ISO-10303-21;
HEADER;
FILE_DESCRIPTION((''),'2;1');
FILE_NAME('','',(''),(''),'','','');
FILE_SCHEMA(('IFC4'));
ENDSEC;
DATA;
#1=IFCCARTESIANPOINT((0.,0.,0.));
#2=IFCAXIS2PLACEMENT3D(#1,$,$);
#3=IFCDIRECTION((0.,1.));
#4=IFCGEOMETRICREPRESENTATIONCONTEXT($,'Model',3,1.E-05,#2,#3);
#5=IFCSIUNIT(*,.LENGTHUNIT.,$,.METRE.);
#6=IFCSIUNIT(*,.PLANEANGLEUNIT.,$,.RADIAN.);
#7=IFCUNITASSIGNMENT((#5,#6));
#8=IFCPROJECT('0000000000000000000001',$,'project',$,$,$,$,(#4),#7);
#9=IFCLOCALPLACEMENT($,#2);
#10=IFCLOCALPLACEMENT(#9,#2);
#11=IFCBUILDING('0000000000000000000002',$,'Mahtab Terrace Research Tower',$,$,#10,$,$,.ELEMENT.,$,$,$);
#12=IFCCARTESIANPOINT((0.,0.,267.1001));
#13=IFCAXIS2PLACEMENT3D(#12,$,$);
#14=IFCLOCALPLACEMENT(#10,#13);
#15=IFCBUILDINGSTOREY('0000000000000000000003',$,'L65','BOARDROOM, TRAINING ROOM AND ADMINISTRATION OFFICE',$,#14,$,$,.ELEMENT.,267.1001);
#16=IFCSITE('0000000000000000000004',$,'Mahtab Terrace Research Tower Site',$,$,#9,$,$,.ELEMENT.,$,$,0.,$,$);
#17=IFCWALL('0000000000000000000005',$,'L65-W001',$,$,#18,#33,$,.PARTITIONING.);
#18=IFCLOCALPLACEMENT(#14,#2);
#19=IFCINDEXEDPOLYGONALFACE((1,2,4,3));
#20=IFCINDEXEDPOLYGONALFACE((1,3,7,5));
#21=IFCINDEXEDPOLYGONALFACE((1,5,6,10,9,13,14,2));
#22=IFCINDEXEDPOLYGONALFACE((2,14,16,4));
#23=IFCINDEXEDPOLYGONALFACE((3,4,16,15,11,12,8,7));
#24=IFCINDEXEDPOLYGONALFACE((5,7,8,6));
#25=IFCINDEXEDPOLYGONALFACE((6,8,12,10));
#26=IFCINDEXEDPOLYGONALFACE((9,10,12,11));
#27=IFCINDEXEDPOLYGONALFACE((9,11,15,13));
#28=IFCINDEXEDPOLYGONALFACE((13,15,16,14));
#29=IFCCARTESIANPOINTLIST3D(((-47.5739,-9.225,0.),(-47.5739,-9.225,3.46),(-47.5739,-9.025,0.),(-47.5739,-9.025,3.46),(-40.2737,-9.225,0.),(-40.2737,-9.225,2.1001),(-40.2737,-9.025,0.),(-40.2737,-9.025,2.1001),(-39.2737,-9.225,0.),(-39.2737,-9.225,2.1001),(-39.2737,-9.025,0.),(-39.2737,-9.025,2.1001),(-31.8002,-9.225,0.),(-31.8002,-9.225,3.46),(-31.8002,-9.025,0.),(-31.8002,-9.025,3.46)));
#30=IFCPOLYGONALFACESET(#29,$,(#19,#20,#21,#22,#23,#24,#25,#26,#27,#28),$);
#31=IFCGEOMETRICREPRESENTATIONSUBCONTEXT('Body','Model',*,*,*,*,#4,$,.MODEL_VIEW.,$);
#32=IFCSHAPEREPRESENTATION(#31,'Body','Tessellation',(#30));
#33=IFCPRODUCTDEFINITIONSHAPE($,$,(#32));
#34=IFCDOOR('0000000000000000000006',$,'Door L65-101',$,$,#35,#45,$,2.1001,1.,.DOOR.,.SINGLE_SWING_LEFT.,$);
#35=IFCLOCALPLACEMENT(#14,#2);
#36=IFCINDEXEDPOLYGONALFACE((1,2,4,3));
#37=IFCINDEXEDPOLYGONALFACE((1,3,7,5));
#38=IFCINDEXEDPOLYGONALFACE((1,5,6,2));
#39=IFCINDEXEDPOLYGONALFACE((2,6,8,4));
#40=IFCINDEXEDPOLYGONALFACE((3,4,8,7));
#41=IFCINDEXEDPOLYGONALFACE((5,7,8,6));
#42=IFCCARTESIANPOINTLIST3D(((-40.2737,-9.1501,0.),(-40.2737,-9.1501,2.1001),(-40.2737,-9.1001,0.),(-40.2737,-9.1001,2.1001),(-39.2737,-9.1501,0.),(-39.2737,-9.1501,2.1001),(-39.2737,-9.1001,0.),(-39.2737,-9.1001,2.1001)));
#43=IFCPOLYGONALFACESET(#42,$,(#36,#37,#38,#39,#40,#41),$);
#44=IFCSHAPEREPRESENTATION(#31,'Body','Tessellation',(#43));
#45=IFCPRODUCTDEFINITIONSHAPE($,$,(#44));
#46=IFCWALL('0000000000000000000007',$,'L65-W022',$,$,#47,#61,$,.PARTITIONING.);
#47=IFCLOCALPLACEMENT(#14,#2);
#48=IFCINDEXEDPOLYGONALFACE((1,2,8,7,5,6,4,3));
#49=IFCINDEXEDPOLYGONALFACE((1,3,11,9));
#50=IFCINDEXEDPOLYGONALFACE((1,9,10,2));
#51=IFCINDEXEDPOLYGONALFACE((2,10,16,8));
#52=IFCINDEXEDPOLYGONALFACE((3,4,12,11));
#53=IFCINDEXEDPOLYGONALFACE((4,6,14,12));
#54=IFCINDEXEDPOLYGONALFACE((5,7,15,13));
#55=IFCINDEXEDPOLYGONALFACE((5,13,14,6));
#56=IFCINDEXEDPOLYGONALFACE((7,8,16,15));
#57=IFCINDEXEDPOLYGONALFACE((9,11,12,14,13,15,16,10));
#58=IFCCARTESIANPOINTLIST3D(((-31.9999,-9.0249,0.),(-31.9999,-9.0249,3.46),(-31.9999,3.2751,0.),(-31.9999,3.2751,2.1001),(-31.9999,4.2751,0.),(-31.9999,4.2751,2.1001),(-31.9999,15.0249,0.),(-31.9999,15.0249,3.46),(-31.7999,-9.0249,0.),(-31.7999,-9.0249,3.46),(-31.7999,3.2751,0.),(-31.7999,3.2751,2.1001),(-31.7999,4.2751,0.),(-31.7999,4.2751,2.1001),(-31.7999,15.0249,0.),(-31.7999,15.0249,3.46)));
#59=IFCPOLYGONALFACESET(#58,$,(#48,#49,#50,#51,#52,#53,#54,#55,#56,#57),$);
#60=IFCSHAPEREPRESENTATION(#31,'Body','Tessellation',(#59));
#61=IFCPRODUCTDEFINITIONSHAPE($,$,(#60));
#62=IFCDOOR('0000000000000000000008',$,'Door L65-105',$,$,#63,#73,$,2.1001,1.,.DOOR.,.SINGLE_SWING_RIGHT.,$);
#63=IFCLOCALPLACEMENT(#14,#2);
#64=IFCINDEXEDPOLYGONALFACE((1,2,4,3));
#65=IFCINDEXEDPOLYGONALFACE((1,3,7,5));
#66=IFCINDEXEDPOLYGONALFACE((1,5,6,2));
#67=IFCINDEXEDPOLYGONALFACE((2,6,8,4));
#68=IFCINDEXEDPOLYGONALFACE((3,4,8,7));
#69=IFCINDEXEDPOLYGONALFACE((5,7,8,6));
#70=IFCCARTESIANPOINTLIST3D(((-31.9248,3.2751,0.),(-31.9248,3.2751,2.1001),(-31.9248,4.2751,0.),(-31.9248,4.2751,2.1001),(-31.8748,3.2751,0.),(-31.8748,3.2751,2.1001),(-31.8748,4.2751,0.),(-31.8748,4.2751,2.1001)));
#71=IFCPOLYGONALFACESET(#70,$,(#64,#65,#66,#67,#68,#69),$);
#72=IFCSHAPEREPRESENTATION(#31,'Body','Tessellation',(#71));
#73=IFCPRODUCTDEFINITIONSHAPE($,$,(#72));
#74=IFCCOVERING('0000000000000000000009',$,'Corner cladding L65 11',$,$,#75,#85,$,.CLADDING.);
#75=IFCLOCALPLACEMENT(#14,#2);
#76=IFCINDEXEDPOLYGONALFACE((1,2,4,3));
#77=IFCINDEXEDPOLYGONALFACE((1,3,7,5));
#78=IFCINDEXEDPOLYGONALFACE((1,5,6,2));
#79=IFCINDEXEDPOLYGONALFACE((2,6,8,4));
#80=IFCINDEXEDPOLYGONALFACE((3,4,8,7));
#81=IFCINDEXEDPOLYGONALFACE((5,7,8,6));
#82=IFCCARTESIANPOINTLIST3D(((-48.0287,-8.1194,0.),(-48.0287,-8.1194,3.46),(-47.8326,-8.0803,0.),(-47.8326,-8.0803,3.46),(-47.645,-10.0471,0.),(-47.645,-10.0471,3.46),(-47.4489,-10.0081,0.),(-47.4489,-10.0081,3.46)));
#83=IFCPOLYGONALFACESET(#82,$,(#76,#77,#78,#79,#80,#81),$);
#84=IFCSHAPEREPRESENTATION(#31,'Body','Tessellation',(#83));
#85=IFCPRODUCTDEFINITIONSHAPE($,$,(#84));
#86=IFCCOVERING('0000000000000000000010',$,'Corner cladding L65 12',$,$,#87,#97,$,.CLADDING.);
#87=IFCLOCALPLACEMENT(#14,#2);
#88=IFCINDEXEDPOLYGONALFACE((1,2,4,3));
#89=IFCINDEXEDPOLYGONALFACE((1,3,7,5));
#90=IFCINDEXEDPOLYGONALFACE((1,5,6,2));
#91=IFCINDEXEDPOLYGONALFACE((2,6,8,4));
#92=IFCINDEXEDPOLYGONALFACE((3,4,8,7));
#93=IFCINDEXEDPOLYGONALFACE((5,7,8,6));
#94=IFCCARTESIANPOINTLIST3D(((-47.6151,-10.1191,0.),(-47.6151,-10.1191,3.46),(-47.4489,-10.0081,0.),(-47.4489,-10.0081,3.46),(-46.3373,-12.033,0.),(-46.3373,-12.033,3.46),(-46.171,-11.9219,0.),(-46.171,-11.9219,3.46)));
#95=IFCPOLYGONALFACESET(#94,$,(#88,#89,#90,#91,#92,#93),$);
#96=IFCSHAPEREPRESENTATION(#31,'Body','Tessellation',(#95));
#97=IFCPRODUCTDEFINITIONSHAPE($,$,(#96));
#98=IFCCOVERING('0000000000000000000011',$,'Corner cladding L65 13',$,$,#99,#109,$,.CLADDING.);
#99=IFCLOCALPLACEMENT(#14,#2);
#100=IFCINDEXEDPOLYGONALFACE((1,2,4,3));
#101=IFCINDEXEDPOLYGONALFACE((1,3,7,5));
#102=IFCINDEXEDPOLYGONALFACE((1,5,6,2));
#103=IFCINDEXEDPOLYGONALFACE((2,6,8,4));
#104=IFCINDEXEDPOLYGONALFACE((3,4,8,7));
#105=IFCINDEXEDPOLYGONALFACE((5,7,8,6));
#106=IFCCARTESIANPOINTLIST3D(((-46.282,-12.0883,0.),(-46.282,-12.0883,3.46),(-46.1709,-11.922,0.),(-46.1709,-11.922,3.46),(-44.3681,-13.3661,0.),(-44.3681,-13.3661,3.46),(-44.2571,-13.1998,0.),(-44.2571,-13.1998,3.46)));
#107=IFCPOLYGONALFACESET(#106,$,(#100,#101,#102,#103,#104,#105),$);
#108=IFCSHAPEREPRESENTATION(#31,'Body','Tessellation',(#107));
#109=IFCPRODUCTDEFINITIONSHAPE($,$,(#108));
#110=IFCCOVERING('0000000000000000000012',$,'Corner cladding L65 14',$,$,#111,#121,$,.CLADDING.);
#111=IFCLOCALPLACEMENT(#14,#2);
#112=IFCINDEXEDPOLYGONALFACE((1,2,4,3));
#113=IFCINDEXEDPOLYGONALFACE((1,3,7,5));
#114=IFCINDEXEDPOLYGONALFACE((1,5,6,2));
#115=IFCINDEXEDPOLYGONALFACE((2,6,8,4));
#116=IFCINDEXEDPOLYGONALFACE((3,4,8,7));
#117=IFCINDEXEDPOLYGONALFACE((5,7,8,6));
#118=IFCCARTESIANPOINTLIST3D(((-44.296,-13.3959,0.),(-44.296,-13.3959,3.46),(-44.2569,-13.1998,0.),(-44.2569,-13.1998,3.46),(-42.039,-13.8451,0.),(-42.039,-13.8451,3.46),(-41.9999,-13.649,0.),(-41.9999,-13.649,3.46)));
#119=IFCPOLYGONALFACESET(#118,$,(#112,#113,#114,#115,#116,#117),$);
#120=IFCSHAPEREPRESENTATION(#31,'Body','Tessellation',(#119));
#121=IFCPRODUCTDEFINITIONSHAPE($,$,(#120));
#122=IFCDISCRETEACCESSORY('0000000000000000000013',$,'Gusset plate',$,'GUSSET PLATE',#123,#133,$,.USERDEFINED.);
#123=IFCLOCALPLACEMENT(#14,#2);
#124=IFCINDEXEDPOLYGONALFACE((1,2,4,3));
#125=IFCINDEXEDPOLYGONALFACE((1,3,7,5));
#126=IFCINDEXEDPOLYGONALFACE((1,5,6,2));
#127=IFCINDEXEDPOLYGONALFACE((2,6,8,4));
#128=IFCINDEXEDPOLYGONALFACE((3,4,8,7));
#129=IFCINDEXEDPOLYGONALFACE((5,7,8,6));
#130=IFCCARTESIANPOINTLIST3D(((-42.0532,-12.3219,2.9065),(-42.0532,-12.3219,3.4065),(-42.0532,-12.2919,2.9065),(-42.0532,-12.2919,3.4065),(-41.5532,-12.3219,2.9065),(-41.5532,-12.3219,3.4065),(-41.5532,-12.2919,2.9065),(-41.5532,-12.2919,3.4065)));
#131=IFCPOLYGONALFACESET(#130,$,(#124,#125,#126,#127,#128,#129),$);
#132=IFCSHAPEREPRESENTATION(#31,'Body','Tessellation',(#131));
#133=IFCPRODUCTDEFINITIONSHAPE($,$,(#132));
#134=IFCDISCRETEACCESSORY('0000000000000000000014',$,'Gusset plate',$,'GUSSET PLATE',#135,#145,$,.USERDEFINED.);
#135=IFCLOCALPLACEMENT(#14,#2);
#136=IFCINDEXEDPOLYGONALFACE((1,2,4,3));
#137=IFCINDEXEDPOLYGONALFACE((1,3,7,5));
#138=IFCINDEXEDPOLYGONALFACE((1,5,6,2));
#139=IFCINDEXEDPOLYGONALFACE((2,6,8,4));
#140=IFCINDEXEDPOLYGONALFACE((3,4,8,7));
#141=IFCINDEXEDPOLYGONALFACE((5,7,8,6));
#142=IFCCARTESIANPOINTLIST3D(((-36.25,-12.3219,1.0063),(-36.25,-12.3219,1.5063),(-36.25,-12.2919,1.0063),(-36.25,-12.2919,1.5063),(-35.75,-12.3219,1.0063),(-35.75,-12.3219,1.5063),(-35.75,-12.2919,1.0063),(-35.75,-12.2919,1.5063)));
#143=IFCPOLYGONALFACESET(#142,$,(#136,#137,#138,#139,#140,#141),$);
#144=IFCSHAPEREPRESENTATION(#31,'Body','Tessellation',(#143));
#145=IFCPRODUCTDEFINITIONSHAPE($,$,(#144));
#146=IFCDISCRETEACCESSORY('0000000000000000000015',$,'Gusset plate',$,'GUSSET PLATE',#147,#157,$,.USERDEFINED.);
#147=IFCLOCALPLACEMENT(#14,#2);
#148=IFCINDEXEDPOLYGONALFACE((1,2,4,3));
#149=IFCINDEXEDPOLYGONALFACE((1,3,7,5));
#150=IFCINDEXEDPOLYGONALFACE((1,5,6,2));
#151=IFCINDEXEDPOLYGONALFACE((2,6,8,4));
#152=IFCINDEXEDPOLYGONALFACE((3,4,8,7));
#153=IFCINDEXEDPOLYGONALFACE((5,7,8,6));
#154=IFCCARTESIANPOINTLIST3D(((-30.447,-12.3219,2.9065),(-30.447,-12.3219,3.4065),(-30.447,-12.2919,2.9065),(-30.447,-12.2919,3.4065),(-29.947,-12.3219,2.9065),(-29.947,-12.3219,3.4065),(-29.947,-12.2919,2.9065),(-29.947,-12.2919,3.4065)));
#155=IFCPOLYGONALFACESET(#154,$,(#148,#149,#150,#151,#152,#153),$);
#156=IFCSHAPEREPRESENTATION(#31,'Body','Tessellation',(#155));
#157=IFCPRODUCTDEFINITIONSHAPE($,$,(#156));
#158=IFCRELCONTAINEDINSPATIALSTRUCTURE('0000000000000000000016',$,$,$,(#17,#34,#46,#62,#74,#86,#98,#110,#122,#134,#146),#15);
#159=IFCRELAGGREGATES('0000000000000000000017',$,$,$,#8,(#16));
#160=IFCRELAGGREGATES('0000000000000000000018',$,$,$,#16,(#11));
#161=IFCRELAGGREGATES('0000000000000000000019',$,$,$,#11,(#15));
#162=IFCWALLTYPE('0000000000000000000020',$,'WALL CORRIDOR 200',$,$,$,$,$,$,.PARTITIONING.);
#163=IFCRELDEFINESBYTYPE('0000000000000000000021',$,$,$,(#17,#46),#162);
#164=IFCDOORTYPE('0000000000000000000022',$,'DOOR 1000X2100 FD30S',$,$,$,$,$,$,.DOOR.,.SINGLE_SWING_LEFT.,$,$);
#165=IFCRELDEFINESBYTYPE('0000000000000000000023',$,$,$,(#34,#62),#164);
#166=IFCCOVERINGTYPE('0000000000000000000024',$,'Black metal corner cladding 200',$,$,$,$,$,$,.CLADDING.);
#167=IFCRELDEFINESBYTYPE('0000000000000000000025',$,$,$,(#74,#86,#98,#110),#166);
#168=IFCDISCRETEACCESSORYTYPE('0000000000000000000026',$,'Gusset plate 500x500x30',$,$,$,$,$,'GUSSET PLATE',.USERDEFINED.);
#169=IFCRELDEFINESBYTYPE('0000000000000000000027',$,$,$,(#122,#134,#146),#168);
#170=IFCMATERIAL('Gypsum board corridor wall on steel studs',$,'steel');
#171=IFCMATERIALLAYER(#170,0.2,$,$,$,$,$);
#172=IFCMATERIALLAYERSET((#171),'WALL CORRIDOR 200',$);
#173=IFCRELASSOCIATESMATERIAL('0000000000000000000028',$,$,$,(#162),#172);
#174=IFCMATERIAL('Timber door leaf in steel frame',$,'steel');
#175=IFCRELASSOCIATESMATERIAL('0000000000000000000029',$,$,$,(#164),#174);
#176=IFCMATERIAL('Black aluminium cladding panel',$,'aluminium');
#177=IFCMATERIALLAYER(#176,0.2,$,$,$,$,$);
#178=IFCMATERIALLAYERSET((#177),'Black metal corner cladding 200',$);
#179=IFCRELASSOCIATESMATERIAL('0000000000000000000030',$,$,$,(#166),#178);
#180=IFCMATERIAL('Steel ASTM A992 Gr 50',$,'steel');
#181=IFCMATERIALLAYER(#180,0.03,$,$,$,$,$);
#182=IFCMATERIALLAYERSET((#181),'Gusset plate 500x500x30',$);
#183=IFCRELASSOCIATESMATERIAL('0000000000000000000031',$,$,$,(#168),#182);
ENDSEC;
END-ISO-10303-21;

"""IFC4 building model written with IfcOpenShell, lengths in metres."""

from ifc_helpers import new_model, si_unit, direction, frame, frame_2d, origin, origin_2d, place, context, subcontext, project, spatial, rectangle, extrude, material, layer, layer_set, type_object, element, fill, save


model = new_model("IFC4")

# Units and contexts
model_context = context("Model", 3, precision=1e-05, world=origin(), true_north=direction((0.0, 1.0)))
body_context = subcontext(model_context, "Body", "Model", "MODEL_VIEW")
ifc_project = project(units=[si_unit("LENGTHUNIT", "METRE"), si_unit("PLANEANGLEUNIT", "RADIAN")], contexts=[model_context])

# Site, building, storey
site_placement = place(None, origin())
site = spatial("IfcSite", under=ifc_project, at=site_placement, Name="Mahtab Terrace Research Tower Site", CompositionType="ELEMENT", RefElevation=0.0)
building_placement = place(site_placement, origin())
building = spatial("IfcBuilding", under=site, at=building_placement, Name="Mahtab Terrace Research Tower", CompositionType="ELEMENT")
storey_placement = place(building_placement, frame((0.0, 0.0, 267.1001)))
storey = spatial("IfcBuildingStorey", under=building, at=storey_placement, Name="L65", Description="BOARDROOM, TRAINING ROOM AND ADMINISTRATION OFFICE", CompositionType="ELEMENT", Elevation=267.1001)

# Shared definitions
ifc_material_1 = material(Name="Steel ASTM A992 Gr 50", Category="steel")

# Shared definitions
ifc_material_2 = material(Name="Black aluminium cladding panel", Category="aluminium")

# Walls, openings, doors
ifc_material_3 = material(Name="Gypsum board corridor wall on steel studs", Category="steel")
ifc_layer_1 = layer(ifc_material_3, 0.2)
ifc_layer_set_1 = layer_set([ifc_layer_1], Name="WALL CORRIDOR 200")
wall_type_1 = type_object("IfcWallType", Name="WALL CORRIDOR 200", PredefinedType="PARTITIONING", material=ifc_layer_set_1)
wall_1_placement = place(storey_placement, frame((-47.5737, -9.125, 0.0), z_axis=(0.0, 0.0, 1.0), x_axis=(1.0, 0.0, 0.0)))
wall_1 = element("IfcWall", 1, at=wall_1_placement, inside=storey, type_object=wall_type_1, Name="L65-W001", PredefinedType="PARTITIONING", context=body_context, shape_type="SweptSolid", body=[
    extrude(rectangle(XDim=15.7737, YDim=0.2, at=frame_2d((7.8867, 0.0))), origin(), (0.0, 0.0, 1.0), 3.46),
])
opening_1_placement = place(wall_1_placement, frame((7.3, 0.0, 0.0)))
opening_1 = element("IfcOpeningElement", 2, at=opening_1_placement, cuts=wall_1, PredefinedType="OPENING", context=body_context, shape_type="SweptSolid", body=[
    extrude(rectangle(XDim=1.0, YDim=2.1001, at=frame_2d((0.5, 1.05))), frame((0.0, 0.1099, 0.0), z_axis=(0.0, -1.0, 0.0), x_axis=(1.0, 0.0, 0.0)), (0.0, 0.0, 1.0), 0.22),
])
ifc_material_4 = material(Name="Timber door leaf in steel frame", Category="steel")
door_type = type_object("IfcDoorType", Name="DOOR 1000X2100 FD30S", OperationType="SINGLE_SWING_LEFT", PredefinedType="DOOR", material=ifc_material_4)
door_1_placement = place(opening_1_placement, origin())
door_1 = element("IfcDoor", 3, at=door_1_placement, inside=storey, type_object=door_type, Name="Door L65-101", OperationType="SINGLE_SWING_LEFT", OverallHeight=2.1001, OverallWidth=1.0, PredefinedType="DOOR", context=body_context, shape_type="SweptSolid", body=[
    extrude(rectangle(XDim=1.0, YDim=2.1001, at=frame_2d((0.5, 1.05))), frame((0.0, 0.0249, 0.0), z_axis=(0.0, -1.0, 0.0), x_axis=(1.0, 0.0, 0.0)), (0.0, 0.0, 1.0), 0.05),
])
fill(opening_1, door_1)
wall_2_placement = place(storey_placement, frame((-31.8999, -9.0249, 0.0), z_axis=(0.0, 0.0, 1.0), x_axis=(0.0, 1.0, 0.0)))
wall_2 = element("IfcWall", 4, at=wall_2_placement, inside=storey, type_object=wall_type_1, Name="L65-W022", PredefinedType="PARTITIONING", context=body_context, shape_type="SweptSolid", body=[
    extrude(rectangle(XDim=24.0498, YDim=0.2, at=frame_2d((12.0249, 0.0))), origin(), (0.0, 0.0, 1.0), 3.46),
])
opening_2_placement = place(wall_2_placement, frame((12.3, 0.0, 0.0)))
opening_2 = element("IfcOpeningElement", 5, at=opening_2_placement, cuts=wall_2, PredefinedType="OPENING", context=body_context, shape_type="SweptSolid", body=[
    extrude(rectangle(XDim=1.0, YDim=2.1001, at=frame_2d((0.5, 1.05))), frame((0.0, 0.1099, 0.0), z_axis=(0.0, -1.0, 0.0), x_axis=(1.0, 0.0, 0.0)), (0.0, 0.0, 1.0), 0.22),
])
door_2_placement = place(opening_2_placement, origin())
door_2 = element("IfcDoor", 6, at=door_2_placement, inside=storey, type_object=door_type, Name="Door L65-105", OperationType="SINGLE_SWING_RIGHT", OverallHeight=2.1001, OverallWidth=1.0, PredefinedType="DOOR", context=body_context, shape_type="SweptSolid", body=[
    extrude(rectangle(XDim=1.0, YDim=2.1001, at=frame_2d((0.5, 1.05))), frame((0.0, 0.0249, 0.0), z_axis=(0.0, -1.0, 0.0), x_axis=(1.0, 0.0, 0.0)), (0.0, 0.0, 1.0), 0.05),
])
fill(opening_2, door_2)

# Coverings
ifc_layer_2 = layer(ifc_material_2, 0.2)
ifc_layer_set_2 = layer_set([ifc_layer_2], Name="Black metal corner cladding 200")
covering_type = type_object("IfcCoveringType", Name="Black metal corner cladding 200", PredefinedType="CLADDING", material=ifc_layer_set_2)
covering_placement = place(storey_placement, frame((-47.7388, -9.0637, 0.0), z_axis=(0.0, 0.0, 1.0), x_axis=(0.195212, -0.980761, 0.0)))
element("IfcCovering", 7, at=covering_placement, inside=storey, type_object=covering_type, Name="Corner cladding L65 11", PredefinedType="CLADDING", context=body_context, shape_type="SweptSolid", body=[
    extrude(rectangle(XDim=1.9656, YDim=0.2, at=origin_2d()), origin(), (0.0, 0.0, 1.0), 3.46),
])
for number, where, z_axis, x_axis, name in (
    (8, (-46.8931, -11.0205, 0.0), (0.0, 0.0, 1.0), (0.555291, -0.831656, 0.0), "Corner cladding L65 12"),
    (9, (-45.2695, -12.644, 0.0), (0.0, 0.0, 1.0), (0.831656, -0.555291, 0.0), "Corner cladding L65 13"),
    (10, (-43.1479, -13.5225, 0.0), (0.0, 0.0, 1.0), (0.980761, -0.195212, 0.0), "Corner cladding L65 14"),
):
    element("IfcCovering", number, at=place(storey_placement, frame(where, z_axis=z_axis, x_axis=x_axis)), inside=storey, type_object=covering_type, Name=name, PredefinedType="CLADDING", context=body_context, shape_type="SweptSolid", body=[
        extrude(rectangle(XDim=2.3013, YDim=0.2, at=origin_2d()), origin(), (0.0, 0.0, 1.0), 3.46),
    ])

# Discrete accessories
ifc_layer_3 = layer(ifc_material_1, 0.03)
ifc_layer_set_3 = layer_set([ifc_layer_3], Name="Gusset plate 500x500x30")
discrete_accessory_type = type_object("IfcDiscreteAccessoryType", Name="Gusset plate 500x500x30", ElementType="GUSSET PLATE", PredefinedType="USERDEFINED", material=ifc_layer_set_3)
for number, where, z_axis, x_axis, name in (
    (11, (-41.8032, -12.3069, 2.9065), (0.0, 0.0, 1.0), (1.0, 0.0, 0.0), "Gusset plate"),
    (12, (-36.0, -12.3069, 1.0063), (0.0, 0.0, 1.0), (1.0, 0.0, 0.0), "Gusset plate"),
    (13, (-30.197, -12.3069, 2.9065), (0.0, 0.0, 1.0), (1.0, 0.0, 0.0), "Gusset plate"),
):
    element("IfcDiscreteAccessory", number, at=place(storey_placement, frame(where, z_axis=z_axis, x_axis=x_axis)), inside=storey, type_object=discrete_accessory_type, Name=name, ObjectType="GUSSET PLATE", PredefinedType="USERDEFINED", context=body_context, shape_type="SweptSolid", body=[
        extrude(rectangle(XDim=0.5, YDim=0.03, at=origin_2d()), origin(), (0.0, 0.0, 1.0), 0.5),
    ])

save(model, "model.ifc")
